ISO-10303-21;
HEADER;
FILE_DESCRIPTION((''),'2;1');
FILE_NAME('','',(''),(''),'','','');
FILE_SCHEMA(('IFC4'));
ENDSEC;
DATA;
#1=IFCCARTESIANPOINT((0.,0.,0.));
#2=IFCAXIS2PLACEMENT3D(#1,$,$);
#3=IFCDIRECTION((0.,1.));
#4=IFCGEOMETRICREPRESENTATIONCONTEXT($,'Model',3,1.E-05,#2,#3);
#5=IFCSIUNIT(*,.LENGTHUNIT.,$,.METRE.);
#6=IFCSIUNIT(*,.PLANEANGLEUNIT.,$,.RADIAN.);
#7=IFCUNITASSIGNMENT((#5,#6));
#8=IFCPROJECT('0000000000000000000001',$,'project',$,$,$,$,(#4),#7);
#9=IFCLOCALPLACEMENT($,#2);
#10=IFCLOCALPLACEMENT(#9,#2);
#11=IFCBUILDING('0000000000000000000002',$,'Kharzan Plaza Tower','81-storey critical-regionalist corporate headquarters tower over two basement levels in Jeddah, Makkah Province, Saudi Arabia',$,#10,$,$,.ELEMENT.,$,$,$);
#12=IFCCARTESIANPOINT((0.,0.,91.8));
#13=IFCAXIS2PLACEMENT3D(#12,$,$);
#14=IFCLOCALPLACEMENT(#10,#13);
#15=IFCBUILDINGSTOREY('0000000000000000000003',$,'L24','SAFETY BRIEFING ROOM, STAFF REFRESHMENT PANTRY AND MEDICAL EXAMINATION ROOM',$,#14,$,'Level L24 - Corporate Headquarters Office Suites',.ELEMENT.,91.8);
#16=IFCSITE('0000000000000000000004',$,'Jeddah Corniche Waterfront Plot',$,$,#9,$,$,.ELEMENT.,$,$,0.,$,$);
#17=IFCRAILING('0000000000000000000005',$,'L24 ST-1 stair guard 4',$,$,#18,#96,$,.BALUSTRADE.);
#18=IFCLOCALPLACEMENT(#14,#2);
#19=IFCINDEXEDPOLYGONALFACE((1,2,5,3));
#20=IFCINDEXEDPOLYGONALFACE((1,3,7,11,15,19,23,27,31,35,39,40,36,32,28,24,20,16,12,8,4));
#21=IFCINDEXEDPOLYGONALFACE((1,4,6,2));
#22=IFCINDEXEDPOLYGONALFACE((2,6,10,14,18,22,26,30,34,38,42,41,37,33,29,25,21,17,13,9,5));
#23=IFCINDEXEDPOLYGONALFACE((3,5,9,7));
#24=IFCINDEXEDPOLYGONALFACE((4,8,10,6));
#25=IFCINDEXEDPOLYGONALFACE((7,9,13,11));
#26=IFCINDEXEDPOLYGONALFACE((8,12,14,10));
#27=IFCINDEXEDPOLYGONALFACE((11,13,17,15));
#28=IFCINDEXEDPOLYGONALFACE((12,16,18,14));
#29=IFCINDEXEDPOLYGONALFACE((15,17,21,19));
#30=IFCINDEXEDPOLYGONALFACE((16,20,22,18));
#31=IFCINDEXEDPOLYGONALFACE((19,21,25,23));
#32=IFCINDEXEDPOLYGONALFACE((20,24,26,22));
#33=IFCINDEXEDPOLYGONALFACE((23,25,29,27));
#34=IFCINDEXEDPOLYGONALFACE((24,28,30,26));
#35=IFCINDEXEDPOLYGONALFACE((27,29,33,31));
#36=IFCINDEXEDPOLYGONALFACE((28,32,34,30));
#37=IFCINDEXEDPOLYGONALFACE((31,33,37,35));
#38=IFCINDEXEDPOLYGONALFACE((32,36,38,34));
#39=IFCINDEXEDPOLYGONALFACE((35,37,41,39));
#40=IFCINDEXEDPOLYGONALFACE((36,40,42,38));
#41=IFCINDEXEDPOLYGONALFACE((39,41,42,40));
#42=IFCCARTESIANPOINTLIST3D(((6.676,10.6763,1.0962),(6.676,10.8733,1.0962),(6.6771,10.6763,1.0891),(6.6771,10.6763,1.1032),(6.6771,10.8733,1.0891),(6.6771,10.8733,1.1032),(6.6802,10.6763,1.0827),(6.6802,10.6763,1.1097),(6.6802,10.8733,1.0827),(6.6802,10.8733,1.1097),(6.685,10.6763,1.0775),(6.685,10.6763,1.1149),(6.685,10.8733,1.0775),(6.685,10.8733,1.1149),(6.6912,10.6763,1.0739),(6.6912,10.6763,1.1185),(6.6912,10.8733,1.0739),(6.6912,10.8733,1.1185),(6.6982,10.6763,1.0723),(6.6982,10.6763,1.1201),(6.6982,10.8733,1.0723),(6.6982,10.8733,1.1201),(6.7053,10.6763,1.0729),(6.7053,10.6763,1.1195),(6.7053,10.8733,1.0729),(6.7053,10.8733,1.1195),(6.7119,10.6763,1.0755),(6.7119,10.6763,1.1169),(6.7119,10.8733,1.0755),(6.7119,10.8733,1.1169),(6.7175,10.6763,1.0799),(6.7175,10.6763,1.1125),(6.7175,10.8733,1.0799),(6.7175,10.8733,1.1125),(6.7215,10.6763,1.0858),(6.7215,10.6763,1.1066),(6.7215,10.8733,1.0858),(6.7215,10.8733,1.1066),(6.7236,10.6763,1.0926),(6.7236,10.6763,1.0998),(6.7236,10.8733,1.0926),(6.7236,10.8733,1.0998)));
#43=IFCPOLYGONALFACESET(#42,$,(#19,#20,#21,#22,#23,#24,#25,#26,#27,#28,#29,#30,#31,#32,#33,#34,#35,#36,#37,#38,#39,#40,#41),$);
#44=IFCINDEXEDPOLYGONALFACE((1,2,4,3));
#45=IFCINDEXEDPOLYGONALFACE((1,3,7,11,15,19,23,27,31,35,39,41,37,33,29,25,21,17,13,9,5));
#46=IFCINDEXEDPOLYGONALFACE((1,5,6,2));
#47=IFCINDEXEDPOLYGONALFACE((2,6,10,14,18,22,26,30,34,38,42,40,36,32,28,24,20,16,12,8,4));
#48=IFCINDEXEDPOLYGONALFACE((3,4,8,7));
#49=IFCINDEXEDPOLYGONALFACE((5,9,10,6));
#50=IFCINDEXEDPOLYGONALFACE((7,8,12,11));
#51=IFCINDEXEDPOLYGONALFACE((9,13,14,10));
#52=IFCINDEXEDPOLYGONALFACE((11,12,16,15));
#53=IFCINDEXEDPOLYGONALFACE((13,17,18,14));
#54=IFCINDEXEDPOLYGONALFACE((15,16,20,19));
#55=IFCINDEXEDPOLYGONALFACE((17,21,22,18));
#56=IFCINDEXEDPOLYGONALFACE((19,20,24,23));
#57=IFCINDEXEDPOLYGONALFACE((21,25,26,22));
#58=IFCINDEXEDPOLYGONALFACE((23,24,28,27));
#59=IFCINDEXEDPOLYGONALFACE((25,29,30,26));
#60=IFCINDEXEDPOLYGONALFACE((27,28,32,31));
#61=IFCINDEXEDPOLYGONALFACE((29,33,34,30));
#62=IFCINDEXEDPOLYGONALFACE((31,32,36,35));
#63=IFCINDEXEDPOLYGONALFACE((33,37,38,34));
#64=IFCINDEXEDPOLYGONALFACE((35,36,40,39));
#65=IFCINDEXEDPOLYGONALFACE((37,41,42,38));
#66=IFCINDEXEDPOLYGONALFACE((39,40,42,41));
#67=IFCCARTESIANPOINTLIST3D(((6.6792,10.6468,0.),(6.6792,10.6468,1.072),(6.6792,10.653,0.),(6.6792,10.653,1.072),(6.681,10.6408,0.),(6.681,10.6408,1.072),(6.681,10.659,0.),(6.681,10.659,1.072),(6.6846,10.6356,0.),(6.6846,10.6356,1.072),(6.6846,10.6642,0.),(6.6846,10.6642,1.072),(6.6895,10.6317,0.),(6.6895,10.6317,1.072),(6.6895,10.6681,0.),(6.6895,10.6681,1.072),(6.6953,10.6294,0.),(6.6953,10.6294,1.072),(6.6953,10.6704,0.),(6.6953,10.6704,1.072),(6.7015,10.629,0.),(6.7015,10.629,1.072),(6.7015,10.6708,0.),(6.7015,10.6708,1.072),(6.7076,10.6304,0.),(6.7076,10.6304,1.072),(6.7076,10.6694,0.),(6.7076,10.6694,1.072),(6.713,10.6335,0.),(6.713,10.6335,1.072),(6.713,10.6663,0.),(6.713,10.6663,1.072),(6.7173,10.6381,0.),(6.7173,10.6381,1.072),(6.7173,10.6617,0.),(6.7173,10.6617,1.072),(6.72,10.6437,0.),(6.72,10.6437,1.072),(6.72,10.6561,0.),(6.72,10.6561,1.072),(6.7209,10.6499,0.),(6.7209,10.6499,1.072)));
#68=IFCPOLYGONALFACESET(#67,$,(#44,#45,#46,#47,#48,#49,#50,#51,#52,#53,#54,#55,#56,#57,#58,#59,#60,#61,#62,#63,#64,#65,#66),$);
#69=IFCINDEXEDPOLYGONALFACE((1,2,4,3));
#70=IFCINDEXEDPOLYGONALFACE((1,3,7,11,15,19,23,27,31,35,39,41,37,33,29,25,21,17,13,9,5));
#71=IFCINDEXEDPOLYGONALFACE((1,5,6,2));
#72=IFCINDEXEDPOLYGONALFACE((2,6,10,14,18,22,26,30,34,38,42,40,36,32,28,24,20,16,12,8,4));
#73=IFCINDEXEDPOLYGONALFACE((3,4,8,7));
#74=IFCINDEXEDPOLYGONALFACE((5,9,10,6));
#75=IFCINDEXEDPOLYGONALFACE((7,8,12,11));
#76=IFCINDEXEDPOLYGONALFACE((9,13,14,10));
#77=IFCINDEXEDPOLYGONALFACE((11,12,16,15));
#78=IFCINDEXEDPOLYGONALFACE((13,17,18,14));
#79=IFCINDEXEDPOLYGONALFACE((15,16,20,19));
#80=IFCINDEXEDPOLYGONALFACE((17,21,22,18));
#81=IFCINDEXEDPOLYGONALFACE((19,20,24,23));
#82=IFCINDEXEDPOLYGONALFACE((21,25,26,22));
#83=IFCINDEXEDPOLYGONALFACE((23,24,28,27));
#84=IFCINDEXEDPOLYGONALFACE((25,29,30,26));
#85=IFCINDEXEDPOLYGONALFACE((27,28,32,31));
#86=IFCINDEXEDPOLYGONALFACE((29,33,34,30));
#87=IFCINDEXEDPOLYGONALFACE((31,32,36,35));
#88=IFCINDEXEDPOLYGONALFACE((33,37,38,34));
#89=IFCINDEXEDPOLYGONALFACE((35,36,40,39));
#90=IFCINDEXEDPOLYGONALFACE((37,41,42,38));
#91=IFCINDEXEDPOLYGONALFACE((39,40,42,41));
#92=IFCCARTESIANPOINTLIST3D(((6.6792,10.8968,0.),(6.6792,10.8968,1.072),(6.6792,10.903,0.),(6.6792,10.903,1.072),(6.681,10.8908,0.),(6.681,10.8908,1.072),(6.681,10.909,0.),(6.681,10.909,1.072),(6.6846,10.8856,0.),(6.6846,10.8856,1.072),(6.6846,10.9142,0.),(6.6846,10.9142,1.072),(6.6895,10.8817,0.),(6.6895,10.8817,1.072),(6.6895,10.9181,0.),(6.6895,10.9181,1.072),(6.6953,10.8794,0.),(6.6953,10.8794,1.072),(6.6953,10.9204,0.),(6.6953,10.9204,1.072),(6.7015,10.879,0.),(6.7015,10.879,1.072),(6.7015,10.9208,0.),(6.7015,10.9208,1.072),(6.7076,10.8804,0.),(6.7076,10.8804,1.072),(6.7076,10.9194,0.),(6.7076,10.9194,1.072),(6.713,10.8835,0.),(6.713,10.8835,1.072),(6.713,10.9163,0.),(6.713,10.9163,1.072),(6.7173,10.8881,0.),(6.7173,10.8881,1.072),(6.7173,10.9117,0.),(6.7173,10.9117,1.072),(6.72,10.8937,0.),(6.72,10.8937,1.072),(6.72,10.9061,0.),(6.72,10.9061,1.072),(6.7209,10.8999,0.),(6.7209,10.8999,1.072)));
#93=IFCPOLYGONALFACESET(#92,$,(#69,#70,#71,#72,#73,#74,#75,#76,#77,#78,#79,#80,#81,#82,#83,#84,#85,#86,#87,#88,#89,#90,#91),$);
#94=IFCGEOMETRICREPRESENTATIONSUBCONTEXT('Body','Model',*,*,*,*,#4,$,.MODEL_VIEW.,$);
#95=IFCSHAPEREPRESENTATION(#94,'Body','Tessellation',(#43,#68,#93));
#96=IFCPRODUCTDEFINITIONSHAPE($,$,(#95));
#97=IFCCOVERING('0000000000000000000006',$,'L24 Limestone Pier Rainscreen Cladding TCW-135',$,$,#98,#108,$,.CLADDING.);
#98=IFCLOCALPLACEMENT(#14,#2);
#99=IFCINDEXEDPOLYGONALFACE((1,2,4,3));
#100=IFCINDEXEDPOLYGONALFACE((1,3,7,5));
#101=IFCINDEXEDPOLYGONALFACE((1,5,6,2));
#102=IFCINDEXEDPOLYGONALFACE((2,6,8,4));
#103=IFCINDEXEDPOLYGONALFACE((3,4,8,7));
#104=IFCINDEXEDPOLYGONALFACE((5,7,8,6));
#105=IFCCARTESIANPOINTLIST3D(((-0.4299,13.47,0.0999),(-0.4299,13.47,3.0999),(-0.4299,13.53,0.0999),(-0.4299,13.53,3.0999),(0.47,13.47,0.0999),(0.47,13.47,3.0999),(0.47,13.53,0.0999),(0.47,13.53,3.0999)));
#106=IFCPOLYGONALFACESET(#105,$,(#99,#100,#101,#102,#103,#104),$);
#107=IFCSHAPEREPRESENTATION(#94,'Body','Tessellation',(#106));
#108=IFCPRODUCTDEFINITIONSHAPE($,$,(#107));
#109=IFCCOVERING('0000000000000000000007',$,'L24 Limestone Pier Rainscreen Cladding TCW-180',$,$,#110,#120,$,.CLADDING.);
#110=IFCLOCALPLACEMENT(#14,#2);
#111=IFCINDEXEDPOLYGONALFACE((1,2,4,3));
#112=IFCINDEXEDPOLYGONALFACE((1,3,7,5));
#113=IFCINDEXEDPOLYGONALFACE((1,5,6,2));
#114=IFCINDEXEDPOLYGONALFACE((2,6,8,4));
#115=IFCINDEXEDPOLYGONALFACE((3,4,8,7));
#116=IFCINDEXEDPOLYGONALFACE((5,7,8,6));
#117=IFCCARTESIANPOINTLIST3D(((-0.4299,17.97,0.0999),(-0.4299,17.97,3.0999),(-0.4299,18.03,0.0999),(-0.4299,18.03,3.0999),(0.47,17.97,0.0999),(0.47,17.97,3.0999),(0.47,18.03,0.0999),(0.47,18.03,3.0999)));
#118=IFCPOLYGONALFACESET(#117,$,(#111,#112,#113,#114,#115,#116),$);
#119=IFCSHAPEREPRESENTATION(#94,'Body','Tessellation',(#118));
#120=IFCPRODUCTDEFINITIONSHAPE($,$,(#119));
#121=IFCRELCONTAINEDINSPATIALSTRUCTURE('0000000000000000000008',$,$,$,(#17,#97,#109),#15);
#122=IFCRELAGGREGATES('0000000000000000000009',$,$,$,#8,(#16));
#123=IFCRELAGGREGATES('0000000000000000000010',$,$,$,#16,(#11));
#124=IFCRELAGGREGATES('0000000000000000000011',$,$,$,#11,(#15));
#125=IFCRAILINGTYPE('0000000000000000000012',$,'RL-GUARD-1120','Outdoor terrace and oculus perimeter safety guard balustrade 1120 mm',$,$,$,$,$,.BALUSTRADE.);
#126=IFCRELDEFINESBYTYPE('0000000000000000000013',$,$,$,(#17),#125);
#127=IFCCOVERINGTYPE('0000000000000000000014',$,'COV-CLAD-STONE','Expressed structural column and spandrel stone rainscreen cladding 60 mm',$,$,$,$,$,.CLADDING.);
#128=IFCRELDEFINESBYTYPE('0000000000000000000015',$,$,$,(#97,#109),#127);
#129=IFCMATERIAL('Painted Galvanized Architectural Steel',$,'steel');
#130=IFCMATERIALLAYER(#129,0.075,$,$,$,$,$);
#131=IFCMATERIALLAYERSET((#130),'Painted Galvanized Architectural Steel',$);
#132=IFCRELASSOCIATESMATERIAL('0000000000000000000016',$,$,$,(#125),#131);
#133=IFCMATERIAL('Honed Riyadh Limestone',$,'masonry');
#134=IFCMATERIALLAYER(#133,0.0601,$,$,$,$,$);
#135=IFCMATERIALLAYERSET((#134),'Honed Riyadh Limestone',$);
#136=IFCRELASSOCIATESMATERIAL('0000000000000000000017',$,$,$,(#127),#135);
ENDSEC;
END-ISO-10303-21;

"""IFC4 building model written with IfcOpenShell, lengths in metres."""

from ifc_helpers import new_model, si_unit, direction, frame, origin, origin_2d, place, context, subcontext, project, spatial, rectangle, circle, extrude, source, transform, mapped, material, layer, layer_set, type_object, element, save


model = new_model("IFC4")

# Units and contexts
model_context = context("Model", 3, precision=1e-05, world=origin(), true_north=direction((0.0, 1.0)))
body_context = subcontext(model_context, "Body", "Model", "MODEL_VIEW")
ifc_project = project(units=[si_unit("LENGTHUNIT", "METRE"), si_unit("PLANEANGLEUNIT", "RADIAN")], contexts=[model_context])

# Site, building, storey
site_placement = place(None, origin())
site = spatial("IfcSite", under=ifc_project, at=site_placement, Name="Jeddah Corniche Waterfront Plot", CompositionType="ELEMENT", RefElevation=0.0)
building_placement = place(site_placement, origin())
building = spatial("IfcBuilding", under=site, at=building_placement, Name="Kharzan Plaza Tower", Description="81-storey critical-regionalist corporate headquarters tower over two basement levels in Jeddah, Makkah Province, Saudi Arabia", CompositionType="ELEMENT")
storey_placement = place(building_placement, frame((0.0, 0.0, 91.8)))
storey = spatial("IfcBuildingStorey", under=building, at=storey_placement, Name="L24", Description="SAFETY BRIEFING ROOM, STAFF REFRESHMENT PANTRY AND MEDICAL EXAMINATION ROOM", LongName="Level L24 - Corporate Headquarters Office Suites", CompositionType="ELEMENT", Elevation=91.8)

# Railing
ifc_material_1 = material(Name="Painted Galvanized Architectural Steel", Category="steel")
ifc_layer_1 = layer(ifc_material_1, 0.075)
ifc_layer_set_1 = layer_set([ifc_layer_1], Name="Painted Galvanized Architectural Steel")
railing_type = type_object("IfcRailingType", Name="RL-GUARD-1120", Description="Outdoor terrace and oculus perimeter safety guard balustrade 1120 mm", PredefinedType="BALUSTRADE", material=ifc_layer_set_1)
shared_shape_1 = source(origin(), body_context, "Body", "SweptSolid", [
    extrude(circle(Radius=0.0239, at=origin_2d()), frame((0.0, 0.0264, 1.0962), z_axis=(0.0, 1.0, 0.0), x_axis=(-1.0, 0.0, 0.0)), (0.0, 0.0, 1.0), 0.197),
    extrude(circle(Radius=0.021, at=origin_2d()), origin(), (0.0, 0.0, 1.0), 1.072),
    extrude(circle(Radius=0.021, at=origin_2d()), frame((0.0, 0.25, 0.0)), (0.0, 0.0, 1.0), 1.072),
])
railing_placement = place(storey_placement, frame((6.7, 10.6499, 0.0)))
element("IfcRailing", 1, at=railing_placement, inside=storey, type_object=railing_type, Name="L24 ST-1 stair guard 4", PredefinedType="BALUSTRADE", context=body_context, shape_type="MappedRepresentation", body=[
    mapped(shared_shape_1, transform((0.0, 0.0, 0.0), x_axis=(1.0, 0.0, 0.0), y_axis=(0.0, 1.0, 0.0), z_axis=(0.0, 0.0, 1.0))),
])

# Coverings
ifc_material_2 = material(Name="Honed Riyadh Limestone", Category="masonry")
ifc_layer_2 = layer(ifc_material_2, 0.0601)
ifc_layer_set_2 = layer_set([ifc_layer_2], Name="Honed Riyadh Limestone")
covering_type = type_object("IfcCoveringType", Name="COV-CLAD-STONE", Description="Expressed structural column and spandrel stone rainscreen cladding 60 mm", PredefinedType="CLADDING", material=ifc_layer_set_2)
shared_shape_2 = source(origin(), body_context, "Body", "SweptSolid", [
    extrude(rectangle(XDim=0.0601, YDim=0.8999, at=origin_2d()), origin(), (0.0, 0.0, 1.0), 3.0),
])
for number, where, z_axis, x_axis, name in (
    (2, (0.02, 13.5, 0.0999), (0.0, 0.0, 1.0), (0.0, 1.0, 0.0), "L24 Limestone Pier Rainscreen Cladding TCW-135"),
    (3, (0.02, 18.0, 0.0999), (0.0, 0.0, 1.0), (0.0, 1.0, 0.0), "L24 Limestone Pier Rainscreen Cladding TCW-180"),
):
    element("IfcCovering", number, at=place(storey_placement, frame(where, z_axis=z_axis, x_axis=x_axis)), inside=storey, type_object=covering_type, Name=name, PredefinedType="CLADDING", context=body_context, shape_type="MappedRepresentation", body=[
        mapped(shared_shape_2, transform((0.0, 0.0, 0.0), x_axis=(1.0, 0.0, 0.0), y_axis=(0.0, 1.0, 0.0), z_axis=(0.0, 0.0, 1.0))),
    ])

save(model, "model.ifc")
